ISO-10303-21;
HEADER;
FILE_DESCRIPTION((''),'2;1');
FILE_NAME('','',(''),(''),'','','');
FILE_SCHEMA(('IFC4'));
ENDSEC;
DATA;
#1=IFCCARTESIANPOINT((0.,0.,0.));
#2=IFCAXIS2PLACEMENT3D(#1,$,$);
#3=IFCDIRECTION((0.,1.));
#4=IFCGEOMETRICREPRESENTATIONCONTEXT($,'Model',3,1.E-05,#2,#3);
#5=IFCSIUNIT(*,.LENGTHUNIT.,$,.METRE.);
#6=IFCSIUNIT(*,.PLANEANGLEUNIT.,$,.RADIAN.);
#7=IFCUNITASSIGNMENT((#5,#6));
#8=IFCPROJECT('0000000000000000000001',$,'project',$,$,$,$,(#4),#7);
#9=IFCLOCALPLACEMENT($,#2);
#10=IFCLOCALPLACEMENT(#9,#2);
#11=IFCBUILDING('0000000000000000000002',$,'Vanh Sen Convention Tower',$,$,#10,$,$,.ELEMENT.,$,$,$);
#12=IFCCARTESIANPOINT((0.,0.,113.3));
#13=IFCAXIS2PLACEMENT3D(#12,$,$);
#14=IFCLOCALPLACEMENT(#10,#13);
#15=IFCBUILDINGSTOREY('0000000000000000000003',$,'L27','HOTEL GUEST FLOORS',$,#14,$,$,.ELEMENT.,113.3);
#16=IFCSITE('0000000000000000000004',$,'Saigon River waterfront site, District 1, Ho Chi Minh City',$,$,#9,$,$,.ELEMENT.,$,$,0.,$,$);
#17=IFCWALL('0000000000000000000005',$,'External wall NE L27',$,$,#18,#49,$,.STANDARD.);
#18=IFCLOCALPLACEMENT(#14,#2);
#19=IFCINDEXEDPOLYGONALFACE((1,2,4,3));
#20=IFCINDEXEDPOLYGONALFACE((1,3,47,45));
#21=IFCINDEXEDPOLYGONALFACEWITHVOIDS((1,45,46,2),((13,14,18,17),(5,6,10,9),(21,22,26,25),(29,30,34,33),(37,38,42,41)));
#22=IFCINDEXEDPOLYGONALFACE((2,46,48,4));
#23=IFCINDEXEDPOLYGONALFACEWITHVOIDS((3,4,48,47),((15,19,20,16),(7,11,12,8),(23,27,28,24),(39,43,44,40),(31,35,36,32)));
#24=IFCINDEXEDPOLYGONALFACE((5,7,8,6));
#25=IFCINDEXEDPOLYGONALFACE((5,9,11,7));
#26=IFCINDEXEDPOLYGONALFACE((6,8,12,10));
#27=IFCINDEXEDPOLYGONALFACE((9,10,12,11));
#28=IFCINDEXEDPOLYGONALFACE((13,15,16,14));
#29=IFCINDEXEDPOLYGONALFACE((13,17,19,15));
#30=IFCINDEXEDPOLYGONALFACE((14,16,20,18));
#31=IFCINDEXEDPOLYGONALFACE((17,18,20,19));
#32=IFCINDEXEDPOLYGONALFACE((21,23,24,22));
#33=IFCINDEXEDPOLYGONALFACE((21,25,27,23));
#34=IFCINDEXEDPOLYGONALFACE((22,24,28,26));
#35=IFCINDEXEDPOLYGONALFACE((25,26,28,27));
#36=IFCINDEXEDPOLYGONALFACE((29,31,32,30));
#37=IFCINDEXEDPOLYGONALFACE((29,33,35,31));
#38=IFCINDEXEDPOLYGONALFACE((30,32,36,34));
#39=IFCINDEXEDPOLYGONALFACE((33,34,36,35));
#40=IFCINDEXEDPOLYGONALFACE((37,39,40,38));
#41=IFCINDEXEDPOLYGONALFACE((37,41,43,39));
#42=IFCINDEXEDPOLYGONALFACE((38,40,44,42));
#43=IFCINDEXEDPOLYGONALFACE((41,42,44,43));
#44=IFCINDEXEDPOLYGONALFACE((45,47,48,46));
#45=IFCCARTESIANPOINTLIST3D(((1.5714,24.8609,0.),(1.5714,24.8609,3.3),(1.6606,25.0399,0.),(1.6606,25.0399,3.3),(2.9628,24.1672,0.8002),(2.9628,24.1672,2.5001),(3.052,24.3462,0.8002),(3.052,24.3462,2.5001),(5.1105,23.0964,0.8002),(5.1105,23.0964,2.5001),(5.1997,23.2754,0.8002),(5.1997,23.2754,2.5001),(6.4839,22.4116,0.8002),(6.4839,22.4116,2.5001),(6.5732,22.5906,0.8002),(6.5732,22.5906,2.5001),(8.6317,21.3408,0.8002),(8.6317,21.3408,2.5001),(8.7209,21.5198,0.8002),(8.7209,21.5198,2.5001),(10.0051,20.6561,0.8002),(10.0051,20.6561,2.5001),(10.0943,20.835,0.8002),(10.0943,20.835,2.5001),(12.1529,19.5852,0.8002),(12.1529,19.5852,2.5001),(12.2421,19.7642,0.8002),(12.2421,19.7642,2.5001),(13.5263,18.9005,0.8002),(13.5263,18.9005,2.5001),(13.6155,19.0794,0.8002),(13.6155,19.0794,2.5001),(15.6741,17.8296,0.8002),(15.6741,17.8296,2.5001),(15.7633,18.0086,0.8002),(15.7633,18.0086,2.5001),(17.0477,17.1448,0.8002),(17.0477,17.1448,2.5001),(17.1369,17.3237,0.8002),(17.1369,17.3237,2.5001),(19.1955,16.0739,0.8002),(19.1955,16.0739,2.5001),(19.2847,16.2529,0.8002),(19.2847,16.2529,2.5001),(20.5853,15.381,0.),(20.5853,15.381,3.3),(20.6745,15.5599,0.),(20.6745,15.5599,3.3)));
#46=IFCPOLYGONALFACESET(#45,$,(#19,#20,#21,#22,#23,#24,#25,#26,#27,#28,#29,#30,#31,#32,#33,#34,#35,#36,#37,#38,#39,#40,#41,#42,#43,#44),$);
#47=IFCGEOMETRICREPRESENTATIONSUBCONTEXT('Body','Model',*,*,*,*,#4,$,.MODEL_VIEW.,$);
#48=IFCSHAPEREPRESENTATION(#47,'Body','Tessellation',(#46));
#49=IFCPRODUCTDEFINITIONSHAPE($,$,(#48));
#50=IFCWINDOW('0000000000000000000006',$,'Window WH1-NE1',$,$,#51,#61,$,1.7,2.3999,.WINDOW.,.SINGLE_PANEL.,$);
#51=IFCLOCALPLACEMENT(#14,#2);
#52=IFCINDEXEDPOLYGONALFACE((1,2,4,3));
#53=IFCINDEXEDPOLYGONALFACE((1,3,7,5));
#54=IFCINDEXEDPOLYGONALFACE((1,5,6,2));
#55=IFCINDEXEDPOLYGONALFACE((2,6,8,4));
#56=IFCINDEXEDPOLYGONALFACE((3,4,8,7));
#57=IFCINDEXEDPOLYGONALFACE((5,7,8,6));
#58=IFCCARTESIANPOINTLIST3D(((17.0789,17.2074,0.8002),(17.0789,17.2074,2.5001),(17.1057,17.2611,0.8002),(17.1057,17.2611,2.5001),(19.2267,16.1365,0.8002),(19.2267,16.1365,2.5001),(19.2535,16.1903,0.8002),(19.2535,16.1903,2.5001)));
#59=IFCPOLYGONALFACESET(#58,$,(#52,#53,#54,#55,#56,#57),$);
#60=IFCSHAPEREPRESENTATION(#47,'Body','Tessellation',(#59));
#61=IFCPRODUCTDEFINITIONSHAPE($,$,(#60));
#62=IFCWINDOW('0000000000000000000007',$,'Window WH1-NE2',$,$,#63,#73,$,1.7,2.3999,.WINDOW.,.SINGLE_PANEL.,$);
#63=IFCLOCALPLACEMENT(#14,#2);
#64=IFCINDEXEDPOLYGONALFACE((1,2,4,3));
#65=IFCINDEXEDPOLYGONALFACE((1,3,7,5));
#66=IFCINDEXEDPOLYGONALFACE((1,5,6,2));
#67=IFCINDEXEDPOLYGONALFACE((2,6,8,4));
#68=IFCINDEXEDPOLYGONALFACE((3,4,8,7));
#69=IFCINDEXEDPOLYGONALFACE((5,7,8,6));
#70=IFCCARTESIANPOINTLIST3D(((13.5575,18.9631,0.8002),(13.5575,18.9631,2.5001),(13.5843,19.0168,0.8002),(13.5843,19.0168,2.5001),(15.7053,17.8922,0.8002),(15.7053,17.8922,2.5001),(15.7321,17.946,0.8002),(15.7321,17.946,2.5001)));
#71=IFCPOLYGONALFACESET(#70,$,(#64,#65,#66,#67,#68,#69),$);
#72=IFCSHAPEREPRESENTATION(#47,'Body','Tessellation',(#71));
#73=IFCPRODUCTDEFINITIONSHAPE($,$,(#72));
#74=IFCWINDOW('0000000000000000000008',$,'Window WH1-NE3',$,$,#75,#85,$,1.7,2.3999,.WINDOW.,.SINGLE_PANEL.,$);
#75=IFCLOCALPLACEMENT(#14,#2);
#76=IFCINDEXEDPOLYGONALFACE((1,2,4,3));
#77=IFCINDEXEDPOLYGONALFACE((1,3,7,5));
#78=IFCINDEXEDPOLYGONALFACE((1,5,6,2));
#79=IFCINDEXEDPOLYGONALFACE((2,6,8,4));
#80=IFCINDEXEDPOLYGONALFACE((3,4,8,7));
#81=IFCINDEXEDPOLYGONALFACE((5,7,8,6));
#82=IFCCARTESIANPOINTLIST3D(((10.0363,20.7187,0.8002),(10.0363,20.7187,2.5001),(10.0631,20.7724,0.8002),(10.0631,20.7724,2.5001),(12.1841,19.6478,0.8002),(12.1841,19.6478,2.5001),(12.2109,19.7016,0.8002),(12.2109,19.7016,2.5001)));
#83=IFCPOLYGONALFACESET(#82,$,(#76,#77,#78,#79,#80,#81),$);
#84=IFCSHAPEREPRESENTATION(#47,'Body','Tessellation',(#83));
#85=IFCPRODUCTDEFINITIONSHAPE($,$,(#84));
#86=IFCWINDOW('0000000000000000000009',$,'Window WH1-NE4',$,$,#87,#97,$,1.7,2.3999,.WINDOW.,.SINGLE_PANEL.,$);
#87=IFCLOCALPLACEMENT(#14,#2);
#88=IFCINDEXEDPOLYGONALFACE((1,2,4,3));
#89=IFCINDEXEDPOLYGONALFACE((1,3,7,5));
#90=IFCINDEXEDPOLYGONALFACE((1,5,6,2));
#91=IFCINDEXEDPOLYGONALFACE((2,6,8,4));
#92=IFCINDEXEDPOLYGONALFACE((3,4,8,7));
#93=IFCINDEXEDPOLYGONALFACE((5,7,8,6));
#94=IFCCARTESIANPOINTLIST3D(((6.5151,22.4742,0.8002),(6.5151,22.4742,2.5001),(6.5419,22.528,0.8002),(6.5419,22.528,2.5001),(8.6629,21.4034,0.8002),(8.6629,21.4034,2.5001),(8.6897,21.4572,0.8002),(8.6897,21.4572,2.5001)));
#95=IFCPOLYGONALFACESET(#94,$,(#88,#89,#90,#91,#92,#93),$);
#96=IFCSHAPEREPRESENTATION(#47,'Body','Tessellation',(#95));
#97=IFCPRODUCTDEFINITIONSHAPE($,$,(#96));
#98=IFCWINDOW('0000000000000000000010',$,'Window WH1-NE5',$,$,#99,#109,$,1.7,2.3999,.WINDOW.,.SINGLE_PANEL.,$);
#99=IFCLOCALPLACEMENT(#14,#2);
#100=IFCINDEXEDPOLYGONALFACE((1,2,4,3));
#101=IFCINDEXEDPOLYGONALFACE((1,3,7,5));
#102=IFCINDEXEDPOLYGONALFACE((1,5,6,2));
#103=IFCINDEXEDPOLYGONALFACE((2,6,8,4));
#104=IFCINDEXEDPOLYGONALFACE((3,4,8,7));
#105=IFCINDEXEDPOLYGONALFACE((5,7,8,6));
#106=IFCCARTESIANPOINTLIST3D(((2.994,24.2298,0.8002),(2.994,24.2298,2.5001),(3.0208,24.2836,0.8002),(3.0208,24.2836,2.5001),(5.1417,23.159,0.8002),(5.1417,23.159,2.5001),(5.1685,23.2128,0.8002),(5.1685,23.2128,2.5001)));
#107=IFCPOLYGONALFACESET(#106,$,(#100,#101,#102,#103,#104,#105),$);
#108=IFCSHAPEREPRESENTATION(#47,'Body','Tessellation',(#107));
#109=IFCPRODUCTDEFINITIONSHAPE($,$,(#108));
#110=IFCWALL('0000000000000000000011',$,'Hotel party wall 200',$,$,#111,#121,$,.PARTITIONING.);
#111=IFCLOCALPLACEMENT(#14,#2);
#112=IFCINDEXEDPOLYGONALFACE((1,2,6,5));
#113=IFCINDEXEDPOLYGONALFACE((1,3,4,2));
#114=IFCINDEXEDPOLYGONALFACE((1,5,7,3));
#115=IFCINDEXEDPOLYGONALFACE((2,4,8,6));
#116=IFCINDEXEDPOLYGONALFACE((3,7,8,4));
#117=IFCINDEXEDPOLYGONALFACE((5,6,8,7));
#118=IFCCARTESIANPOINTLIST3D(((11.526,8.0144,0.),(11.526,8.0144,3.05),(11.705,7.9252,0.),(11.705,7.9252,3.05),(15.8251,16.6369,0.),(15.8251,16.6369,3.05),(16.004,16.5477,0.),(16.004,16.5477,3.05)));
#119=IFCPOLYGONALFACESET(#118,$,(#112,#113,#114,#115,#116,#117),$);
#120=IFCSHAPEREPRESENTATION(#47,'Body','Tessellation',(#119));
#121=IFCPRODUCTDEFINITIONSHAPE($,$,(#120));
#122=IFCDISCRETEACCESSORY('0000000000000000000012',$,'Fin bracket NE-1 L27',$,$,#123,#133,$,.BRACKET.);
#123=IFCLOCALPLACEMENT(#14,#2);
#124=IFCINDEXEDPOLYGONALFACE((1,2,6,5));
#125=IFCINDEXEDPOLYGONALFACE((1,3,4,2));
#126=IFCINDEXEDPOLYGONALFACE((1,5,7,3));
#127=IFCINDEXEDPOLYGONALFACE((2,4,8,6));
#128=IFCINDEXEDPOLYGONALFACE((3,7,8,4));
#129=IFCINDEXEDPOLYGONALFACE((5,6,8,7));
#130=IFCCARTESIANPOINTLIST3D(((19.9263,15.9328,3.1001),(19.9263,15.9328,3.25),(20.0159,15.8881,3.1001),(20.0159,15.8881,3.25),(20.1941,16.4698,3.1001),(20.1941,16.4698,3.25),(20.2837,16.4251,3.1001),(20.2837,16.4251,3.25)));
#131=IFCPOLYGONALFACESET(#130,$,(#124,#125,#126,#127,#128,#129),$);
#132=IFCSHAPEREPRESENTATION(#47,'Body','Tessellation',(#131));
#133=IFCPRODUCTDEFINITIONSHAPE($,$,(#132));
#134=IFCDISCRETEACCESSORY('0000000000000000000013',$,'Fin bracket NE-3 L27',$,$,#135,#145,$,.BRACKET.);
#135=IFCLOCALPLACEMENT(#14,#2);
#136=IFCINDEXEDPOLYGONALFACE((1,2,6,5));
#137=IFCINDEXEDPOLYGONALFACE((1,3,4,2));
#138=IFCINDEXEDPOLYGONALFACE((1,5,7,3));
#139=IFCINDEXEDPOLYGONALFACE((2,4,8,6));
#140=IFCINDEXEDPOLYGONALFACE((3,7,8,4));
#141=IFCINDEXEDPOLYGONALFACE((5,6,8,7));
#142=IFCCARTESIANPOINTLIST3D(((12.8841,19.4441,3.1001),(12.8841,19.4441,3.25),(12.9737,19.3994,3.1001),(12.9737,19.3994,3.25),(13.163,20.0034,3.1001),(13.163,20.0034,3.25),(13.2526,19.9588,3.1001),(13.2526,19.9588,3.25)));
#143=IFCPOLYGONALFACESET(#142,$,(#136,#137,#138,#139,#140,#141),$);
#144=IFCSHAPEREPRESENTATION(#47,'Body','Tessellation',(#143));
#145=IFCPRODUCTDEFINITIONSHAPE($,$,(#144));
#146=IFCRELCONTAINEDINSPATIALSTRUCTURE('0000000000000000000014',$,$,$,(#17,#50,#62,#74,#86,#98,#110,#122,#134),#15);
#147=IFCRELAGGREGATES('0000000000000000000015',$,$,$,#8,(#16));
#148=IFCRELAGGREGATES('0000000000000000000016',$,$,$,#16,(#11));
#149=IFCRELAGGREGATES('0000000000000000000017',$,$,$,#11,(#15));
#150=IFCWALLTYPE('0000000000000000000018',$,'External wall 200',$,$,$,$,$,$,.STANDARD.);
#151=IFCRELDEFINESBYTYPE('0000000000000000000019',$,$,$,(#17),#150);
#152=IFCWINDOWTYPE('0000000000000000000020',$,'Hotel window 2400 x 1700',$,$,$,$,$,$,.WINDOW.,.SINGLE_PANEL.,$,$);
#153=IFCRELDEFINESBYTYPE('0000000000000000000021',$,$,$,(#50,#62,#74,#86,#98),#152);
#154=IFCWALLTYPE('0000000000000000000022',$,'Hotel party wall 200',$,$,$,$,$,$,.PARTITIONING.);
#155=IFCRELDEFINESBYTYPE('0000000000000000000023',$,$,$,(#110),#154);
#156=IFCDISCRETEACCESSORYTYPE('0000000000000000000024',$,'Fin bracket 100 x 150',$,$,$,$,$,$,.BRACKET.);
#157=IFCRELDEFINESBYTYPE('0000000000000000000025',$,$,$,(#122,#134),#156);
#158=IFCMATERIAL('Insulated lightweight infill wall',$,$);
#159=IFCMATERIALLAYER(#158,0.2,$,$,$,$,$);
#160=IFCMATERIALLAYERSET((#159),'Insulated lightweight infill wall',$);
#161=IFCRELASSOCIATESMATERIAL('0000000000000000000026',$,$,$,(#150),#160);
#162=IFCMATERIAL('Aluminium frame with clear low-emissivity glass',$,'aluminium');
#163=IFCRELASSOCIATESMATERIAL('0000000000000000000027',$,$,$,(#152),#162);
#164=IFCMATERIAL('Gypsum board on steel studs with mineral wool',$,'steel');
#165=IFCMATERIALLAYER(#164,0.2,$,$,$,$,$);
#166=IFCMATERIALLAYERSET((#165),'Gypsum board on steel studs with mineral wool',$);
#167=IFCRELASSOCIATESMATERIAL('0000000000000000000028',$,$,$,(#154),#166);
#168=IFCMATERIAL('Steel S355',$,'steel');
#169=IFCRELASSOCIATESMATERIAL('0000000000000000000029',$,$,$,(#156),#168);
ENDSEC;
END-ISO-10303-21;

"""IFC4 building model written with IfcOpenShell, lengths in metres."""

from ifc_helpers import new_model, si_unit, direction, frame, frame_2d, origin, origin_2d, place, context, subcontext, project, spatial, rectangle, extrude, material, layer, layer_set, type_object, element, fill, save


model = new_model("IFC4")

# Units and contexts
model_context = context("Model", 3, precision=1e-05, world=origin(), true_north=direction((0.0, 1.0)))
body_context = subcontext(model_context, "Body", "Model", "MODEL_VIEW")
ifc_project = project(units=[si_unit("LENGTHUNIT", "METRE"), si_unit("PLANEANGLEUNIT", "RADIAN")], contexts=[model_context])

# Site, building, storey
site_placement = place(None, origin())
site = spatial("IfcSite", under=ifc_project, at=site_placement, Name="Saigon River waterfront site, District 1, Ho Chi Minh City", CompositionType="ELEMENT", RefElevation=0.0)
building_placement = place(site_placement, origin())
building = spatial("IfcBuilding", under=site, at=building_placement, Name="Vanh Sen Convention Tower", CompositionType="ELEMENT")
storey_placement = place(building_placement, frame((0.0, 0.0, 113.3)))
storey = spatial("IfcBuildingStorey", under=building, at=storey_placement, Name="L27", Description="HOTEL GUEST FLOORS", CompositionType="ELEMENT", Elevation=113.3)

# Shared definitions
ifc_material_1 = material(Name="Insulated lightweight infill wall")
ifc_layer_1 = layer(ifc_material_1, 0.2)
ifc_layer_set_1 = layer_set([ifc_layer_1], Name="Insulated lightweight infill wall")
wall_type_1 = type_object("IfcWallType", Name="External wall 200", PredefinedType="STANDARD", material=ifc_layer_set_1)
ifc_material_2 = material(Name="Aluminium frame with clear low-emissivity glass", Category="aluminium")

# Wall, openings, windows
wall_1_placement = place(storey_placement, frame((20.6299, 15.4705, 0.0), z_axis=(0.0, 0.0, 1.0), x_axis=(-0.894935, 0.446197, 0.0)))
wall_1 = element("IfcWall", 1, at=wall_1_placement, inside=storey, type_object=wall_type_1, Name="External wall NE L27", PredefinedType="STANDARD", context=body_context, shape_type="SweptSolid", body=[
    extrude(rectangle(XDim=21.2461, YDim=0.2, at=frame_2d((10.623, 0.0))), origin(), (0.0, 0.0, 1.0), 3.3),
])
opening_1_placement = place(wall_1_placement, frame((1.553, 0.0, 0.8)))
opening_1 = element("IfcOpeningElement", 2, at=opening_1_placement, cuts=wall_1, PredefinedType="OPENING", context=body_context, shape_type="SweptSolid", body=[
    extrude(rectangle(XDim=2.3999, YDim=1.7, at=frame_2d((1.2, 0.8501))), frame((0.0, 0.1099, 0.0), z_axis=(0.0, -1.0, 0.0), x_axis=(1.0, 0.0, 0.0)), (0.0, 0.0, 1.0), 0.22),
])
opening_2_placement = place(wall_1_placement, frame((5.4878, 0.0, 0.8)))
opening_2 = element("IfcOpeningElement", 3, at=opening_2_placement, cuts=wall_1, PredefinedType="OPENING", context=body_context, shape_type="SweptSolid", body=[
    extrude(rectangle(XDim=2.3999, YDim=1.7, at=frame_2d((1.2, 0.8501))), frame((0.0, 0.1099, 0.0), z_axis=(0.0, -1.0, 0.0), x_axis=(1.0, 0.0, 0.0)), (0.0, 0.0, 1.0), 0.22),
])
opening_3_placement = place(wall_1_placement, frame((9.4224, 0.0, 0.8)))
opening_3 = element("IfcOpeningElement", 4, at=opening_3_placement, cuts=wall_1, PredefinedType="OPENING", context=body_context, shape_type="SweptSolid", body=[
    extrude(rectangle(XDim=2.3999, YDim=1.7, at=frame_2d((1.2, 0.8501))), frame((0.0, 0.1099, 0.0), z_axis=(0.0, -1.0, 0.0), x_axis=(1.0, 0.0, 0.0)), (0.0, 0.0, 1.0), 0.22),
])
opening_4_placement = place(wall_1_placement, frame((13.3569, 0.0, 0.8)))
opening_4 = element("IfcOpeningElement", 5, at=opening_4_placement, cuts=wall_1, PredefinedType="OPENING", context=body_context, shape_type="SweptSolid", body=[
    extrude(rectangle(XDim=2.3999, YDim=1.7, at=frame_2d((1.2, 0.8501))), frame((0.0, 0.1099, 0.0), z_axis=(0.0, -1.0, 0.0), x_axis=(1.0, 0.0, 0.0)), (0.0, 0.0, 1.0), 0.22),
])
opening_5_placement = place(wall_1_placement, frame((17.2915, 0.0, 0.8)))
opening_5 = element("IfcOpeningElement", 6, at=opening_5_placement, cuts=wall_1, PredefinedType="OPENING", context=body_context, shape_type="SweptSolid", body=[
    extrude(rectangle(XDim=2.3999, YDim=1.7, at=frame_2d((1.2, 0.8501))), frame((0.0, 0.1099, 0.0), z_axis=(0.0, -1.0, 0.0), x_axis=(1.0, 0.0, 0.0)), (0.0, 0.0, 1.0), 0.22),
])
window_type_1 = type_object("IfcWindowType", Name="Hotel window 2400 x 1700", PartitioningType="SINGLE_PANEL", PredefinedType="WINDOW", material=ifc_material_2)
window_1_placement = place(opening_1_placement, origin())
window_1 = element("IfcWindow", 7, at=window_1_placement, inside=storey, type_object=window_type_1, Name="Window WH1-NE1", OverallHeight=1.7, OverallWidth=2.3999, PartitioningType="SINGLE_PANEL", PredefinedType="WINDOW", context=body_context, shape_type="SweptSolid", body=[
    extrude(rectangle(XDim=2.3999, YDim=1.7, at=frame_2d((1.2, 0.8501))), frame((0.0, 0.03, 0.0), z_axis=(0.0, -1.0, 0.0), x_axis=(1.0, 0.0, 0.0)), (0.0, 0.0, 1.0), 0.0601),
])
fill(opening_1, window_1)
window_2_placement = place(opening_2_placement, origin())
window_2 = element("IfcWindow", 8, at=window_2_placement, inside=storey, type_object=window_type_1, Name="Window WH1-NE2", OverallHeight=1.7, OverallWidth=2.3999, PartitioningType="SINGLE_PANEL", PredefinedType="WINDOW", context=body_context, shape_type="SweptSolid", body=[
    extrude(rectangle(XDim=2.3999, YDim=1.7, at=frame_2d((1.2, 0.8501))), frame((0.0, 0.03, 0.0), z_axis=(0.0, -1.0, 0.0), x_axis=(1.0, 0.0, 0.0)), (0.0, 0.0, 1.0), 0.0601),
])
fill(opening_2, window_2)
window_3_placement = place(opening_3_placement, origin())
window_3 = element("IfcWindow", 9, at=window_3_placement, inside=storey, type_object=window_type_1, Name="Window WH1-NE3", OverallHeight=1.7, OverallWidth=2.3999, PartitioningType="SINGLE_PANEL", PredefinedType="WINDOW", context=body_context, shape_type="SweptSolid", body=[
    extrude(rectangle(XDim=2.3999, YDim=1.7, at=frame_2d((1.2, 0.8501))), frame((0.0, 0.03, 0.0), z_axis=(0.0, -1.0, 0.0), x_axis=(1.0, 0.0, 0.0)), (0.0, 0.0, 1.0), 0.0601),
])
fill(opening_3, window_3)
window_4_placement = place(opening_4_placement, origin())
window_4 = element("IfcWindow", 10, at=window_4_placement, inside=storey, type_object=window_type_1, Name="Window WH1-NE4", OverallHeight=1.7, OverallWidth=2.3999, PartitioningType="SINGLE_PANEL", PredefinedType="WINDOW", context=body_context, shape_type="SweptSolid", body=[
    extrude(rectangle(XDim=2.3999, YDim=1.7, at=frame_2d((1.2, 0.8501))), frame((0.0, 0.03, 0.0), z_axis=(0.0, -1.0, 0.0), x_axis=(1.0, 0.0, 0.0)), (0.0, 0.0, 1.0), 0.0601),
])
fill(opening_4, window_4)
window_5_placement = place(opening_5_placement, origin())
window_5 = element("IfcWindow", 11, at=window_5_placement, inside=storey, type_object=window_type_1, Name="Window WH1-NE5", OverallHeight=1.7, OverallWidth=2.3999, PartitioningType="SINGLE_PANEL", PredefinedType="WINDOW", context=body_context, shape_type="SweptSolid", body=[
    extrude(rectangle(XDim=2.3999, YDim=1.7, at=frame_2d((1.2, 0.8501))), frame((0.0, 0.03, 0.0), z_axis=(0.0, -1.0, 0.0), x_axis=(1.0, 0.0, 0.0)), (0.0, 0.0, 1.0), 0.0601),
])
fill(opening_5, window_5)

# Wall
ifc_material_3 = material(Name="Gypsum board on steel studs with mineral wool", Category="steel")
ifc_layer_2 = layer(ifc_material_3, 0.2)
ifc_layer_set_2 = layer_set([ifc_layer_2], Name="Gypsum board on steel studs with mineral wool")
wall_type_2 = type_object("IfcWallType", Name="Hotel party wall 200", PredefinedType="PARTITIONING", material=ifc_layer_set_2)
wall_2_placement = place(storey_placement, frame((15.9146, 16.5923, 0.0), z_axis=(0.0, 0.0, 1.0), x_axis=(-0.4462, -0.894933, 0.0)))
element("IfcWall", 12, at=wall_2_placement, inside=storey, type_object=wall_type_2, Name="Hotel party wall 200", PredefinedType="PARTITIONING", context=body_context, shape_type="SweptSolid", body=[
    extrude(rectangle(XDim=9.6348, YDim=0.2, at=frame_2d((4.8174, 0.0))), origin(), (0.0, 0.0, 1.0), 3.05),
])

# Discrete accessories
ifc_material_4 = material(Name="Steel S355", Category="steel")
discrete_accessory_type = type_object("IfcDiscreteAccessoryType", Name="Fin bracket 100 x 150", PredefinedType="BRACKET", material=ifc_material_4)
discrete_accessory_1_placement = place(storey_placement, frame((20.105, 16.179, 3.1001), z_axis=(0.0, 0.0, 1.0), x_axis=(0.446198, 0.894934, 0.0)))
element("IfcDiscreteAccessory", 13, at=discrete_accessory_1_placement, inside=storey, type_object=discrete_accessory_type, Name="Fin bracket NE-1 L27", PredefinedType="BRACKET", context=body_context, shape_type="SweptSolid", body=[
    extrude(rectangle(XDim=0.6001, YDim=0.1001, at=origin_2d()), origin(), (0.0, 0.0, 1.0), 0.1499),
])
discrete_accessory_2_placement = place(storey_placement, frame((13.0684, 19.7014, 3.1001), z_axis=(0.0, 0.0, 1.0), x_axis=(0.446198, 0.894934, 0.0)))
element("IfcDiscreteAccessory", 14, at=discrete_accessory_2_placement, inside=storey, type_object=discrete_accessory_type, Name="Fin bracket NE-3 L27", PredefinedType="BRACKET", context=body_context, shape_type="SweptSolid", body=[
    extrude(rectangle(XDim=0.625, YDim=0.1001, at=origin_2d()), origin(), (0.0, 0.0, 1.0), 0.1499),
])

save(model, "model.ifc")
